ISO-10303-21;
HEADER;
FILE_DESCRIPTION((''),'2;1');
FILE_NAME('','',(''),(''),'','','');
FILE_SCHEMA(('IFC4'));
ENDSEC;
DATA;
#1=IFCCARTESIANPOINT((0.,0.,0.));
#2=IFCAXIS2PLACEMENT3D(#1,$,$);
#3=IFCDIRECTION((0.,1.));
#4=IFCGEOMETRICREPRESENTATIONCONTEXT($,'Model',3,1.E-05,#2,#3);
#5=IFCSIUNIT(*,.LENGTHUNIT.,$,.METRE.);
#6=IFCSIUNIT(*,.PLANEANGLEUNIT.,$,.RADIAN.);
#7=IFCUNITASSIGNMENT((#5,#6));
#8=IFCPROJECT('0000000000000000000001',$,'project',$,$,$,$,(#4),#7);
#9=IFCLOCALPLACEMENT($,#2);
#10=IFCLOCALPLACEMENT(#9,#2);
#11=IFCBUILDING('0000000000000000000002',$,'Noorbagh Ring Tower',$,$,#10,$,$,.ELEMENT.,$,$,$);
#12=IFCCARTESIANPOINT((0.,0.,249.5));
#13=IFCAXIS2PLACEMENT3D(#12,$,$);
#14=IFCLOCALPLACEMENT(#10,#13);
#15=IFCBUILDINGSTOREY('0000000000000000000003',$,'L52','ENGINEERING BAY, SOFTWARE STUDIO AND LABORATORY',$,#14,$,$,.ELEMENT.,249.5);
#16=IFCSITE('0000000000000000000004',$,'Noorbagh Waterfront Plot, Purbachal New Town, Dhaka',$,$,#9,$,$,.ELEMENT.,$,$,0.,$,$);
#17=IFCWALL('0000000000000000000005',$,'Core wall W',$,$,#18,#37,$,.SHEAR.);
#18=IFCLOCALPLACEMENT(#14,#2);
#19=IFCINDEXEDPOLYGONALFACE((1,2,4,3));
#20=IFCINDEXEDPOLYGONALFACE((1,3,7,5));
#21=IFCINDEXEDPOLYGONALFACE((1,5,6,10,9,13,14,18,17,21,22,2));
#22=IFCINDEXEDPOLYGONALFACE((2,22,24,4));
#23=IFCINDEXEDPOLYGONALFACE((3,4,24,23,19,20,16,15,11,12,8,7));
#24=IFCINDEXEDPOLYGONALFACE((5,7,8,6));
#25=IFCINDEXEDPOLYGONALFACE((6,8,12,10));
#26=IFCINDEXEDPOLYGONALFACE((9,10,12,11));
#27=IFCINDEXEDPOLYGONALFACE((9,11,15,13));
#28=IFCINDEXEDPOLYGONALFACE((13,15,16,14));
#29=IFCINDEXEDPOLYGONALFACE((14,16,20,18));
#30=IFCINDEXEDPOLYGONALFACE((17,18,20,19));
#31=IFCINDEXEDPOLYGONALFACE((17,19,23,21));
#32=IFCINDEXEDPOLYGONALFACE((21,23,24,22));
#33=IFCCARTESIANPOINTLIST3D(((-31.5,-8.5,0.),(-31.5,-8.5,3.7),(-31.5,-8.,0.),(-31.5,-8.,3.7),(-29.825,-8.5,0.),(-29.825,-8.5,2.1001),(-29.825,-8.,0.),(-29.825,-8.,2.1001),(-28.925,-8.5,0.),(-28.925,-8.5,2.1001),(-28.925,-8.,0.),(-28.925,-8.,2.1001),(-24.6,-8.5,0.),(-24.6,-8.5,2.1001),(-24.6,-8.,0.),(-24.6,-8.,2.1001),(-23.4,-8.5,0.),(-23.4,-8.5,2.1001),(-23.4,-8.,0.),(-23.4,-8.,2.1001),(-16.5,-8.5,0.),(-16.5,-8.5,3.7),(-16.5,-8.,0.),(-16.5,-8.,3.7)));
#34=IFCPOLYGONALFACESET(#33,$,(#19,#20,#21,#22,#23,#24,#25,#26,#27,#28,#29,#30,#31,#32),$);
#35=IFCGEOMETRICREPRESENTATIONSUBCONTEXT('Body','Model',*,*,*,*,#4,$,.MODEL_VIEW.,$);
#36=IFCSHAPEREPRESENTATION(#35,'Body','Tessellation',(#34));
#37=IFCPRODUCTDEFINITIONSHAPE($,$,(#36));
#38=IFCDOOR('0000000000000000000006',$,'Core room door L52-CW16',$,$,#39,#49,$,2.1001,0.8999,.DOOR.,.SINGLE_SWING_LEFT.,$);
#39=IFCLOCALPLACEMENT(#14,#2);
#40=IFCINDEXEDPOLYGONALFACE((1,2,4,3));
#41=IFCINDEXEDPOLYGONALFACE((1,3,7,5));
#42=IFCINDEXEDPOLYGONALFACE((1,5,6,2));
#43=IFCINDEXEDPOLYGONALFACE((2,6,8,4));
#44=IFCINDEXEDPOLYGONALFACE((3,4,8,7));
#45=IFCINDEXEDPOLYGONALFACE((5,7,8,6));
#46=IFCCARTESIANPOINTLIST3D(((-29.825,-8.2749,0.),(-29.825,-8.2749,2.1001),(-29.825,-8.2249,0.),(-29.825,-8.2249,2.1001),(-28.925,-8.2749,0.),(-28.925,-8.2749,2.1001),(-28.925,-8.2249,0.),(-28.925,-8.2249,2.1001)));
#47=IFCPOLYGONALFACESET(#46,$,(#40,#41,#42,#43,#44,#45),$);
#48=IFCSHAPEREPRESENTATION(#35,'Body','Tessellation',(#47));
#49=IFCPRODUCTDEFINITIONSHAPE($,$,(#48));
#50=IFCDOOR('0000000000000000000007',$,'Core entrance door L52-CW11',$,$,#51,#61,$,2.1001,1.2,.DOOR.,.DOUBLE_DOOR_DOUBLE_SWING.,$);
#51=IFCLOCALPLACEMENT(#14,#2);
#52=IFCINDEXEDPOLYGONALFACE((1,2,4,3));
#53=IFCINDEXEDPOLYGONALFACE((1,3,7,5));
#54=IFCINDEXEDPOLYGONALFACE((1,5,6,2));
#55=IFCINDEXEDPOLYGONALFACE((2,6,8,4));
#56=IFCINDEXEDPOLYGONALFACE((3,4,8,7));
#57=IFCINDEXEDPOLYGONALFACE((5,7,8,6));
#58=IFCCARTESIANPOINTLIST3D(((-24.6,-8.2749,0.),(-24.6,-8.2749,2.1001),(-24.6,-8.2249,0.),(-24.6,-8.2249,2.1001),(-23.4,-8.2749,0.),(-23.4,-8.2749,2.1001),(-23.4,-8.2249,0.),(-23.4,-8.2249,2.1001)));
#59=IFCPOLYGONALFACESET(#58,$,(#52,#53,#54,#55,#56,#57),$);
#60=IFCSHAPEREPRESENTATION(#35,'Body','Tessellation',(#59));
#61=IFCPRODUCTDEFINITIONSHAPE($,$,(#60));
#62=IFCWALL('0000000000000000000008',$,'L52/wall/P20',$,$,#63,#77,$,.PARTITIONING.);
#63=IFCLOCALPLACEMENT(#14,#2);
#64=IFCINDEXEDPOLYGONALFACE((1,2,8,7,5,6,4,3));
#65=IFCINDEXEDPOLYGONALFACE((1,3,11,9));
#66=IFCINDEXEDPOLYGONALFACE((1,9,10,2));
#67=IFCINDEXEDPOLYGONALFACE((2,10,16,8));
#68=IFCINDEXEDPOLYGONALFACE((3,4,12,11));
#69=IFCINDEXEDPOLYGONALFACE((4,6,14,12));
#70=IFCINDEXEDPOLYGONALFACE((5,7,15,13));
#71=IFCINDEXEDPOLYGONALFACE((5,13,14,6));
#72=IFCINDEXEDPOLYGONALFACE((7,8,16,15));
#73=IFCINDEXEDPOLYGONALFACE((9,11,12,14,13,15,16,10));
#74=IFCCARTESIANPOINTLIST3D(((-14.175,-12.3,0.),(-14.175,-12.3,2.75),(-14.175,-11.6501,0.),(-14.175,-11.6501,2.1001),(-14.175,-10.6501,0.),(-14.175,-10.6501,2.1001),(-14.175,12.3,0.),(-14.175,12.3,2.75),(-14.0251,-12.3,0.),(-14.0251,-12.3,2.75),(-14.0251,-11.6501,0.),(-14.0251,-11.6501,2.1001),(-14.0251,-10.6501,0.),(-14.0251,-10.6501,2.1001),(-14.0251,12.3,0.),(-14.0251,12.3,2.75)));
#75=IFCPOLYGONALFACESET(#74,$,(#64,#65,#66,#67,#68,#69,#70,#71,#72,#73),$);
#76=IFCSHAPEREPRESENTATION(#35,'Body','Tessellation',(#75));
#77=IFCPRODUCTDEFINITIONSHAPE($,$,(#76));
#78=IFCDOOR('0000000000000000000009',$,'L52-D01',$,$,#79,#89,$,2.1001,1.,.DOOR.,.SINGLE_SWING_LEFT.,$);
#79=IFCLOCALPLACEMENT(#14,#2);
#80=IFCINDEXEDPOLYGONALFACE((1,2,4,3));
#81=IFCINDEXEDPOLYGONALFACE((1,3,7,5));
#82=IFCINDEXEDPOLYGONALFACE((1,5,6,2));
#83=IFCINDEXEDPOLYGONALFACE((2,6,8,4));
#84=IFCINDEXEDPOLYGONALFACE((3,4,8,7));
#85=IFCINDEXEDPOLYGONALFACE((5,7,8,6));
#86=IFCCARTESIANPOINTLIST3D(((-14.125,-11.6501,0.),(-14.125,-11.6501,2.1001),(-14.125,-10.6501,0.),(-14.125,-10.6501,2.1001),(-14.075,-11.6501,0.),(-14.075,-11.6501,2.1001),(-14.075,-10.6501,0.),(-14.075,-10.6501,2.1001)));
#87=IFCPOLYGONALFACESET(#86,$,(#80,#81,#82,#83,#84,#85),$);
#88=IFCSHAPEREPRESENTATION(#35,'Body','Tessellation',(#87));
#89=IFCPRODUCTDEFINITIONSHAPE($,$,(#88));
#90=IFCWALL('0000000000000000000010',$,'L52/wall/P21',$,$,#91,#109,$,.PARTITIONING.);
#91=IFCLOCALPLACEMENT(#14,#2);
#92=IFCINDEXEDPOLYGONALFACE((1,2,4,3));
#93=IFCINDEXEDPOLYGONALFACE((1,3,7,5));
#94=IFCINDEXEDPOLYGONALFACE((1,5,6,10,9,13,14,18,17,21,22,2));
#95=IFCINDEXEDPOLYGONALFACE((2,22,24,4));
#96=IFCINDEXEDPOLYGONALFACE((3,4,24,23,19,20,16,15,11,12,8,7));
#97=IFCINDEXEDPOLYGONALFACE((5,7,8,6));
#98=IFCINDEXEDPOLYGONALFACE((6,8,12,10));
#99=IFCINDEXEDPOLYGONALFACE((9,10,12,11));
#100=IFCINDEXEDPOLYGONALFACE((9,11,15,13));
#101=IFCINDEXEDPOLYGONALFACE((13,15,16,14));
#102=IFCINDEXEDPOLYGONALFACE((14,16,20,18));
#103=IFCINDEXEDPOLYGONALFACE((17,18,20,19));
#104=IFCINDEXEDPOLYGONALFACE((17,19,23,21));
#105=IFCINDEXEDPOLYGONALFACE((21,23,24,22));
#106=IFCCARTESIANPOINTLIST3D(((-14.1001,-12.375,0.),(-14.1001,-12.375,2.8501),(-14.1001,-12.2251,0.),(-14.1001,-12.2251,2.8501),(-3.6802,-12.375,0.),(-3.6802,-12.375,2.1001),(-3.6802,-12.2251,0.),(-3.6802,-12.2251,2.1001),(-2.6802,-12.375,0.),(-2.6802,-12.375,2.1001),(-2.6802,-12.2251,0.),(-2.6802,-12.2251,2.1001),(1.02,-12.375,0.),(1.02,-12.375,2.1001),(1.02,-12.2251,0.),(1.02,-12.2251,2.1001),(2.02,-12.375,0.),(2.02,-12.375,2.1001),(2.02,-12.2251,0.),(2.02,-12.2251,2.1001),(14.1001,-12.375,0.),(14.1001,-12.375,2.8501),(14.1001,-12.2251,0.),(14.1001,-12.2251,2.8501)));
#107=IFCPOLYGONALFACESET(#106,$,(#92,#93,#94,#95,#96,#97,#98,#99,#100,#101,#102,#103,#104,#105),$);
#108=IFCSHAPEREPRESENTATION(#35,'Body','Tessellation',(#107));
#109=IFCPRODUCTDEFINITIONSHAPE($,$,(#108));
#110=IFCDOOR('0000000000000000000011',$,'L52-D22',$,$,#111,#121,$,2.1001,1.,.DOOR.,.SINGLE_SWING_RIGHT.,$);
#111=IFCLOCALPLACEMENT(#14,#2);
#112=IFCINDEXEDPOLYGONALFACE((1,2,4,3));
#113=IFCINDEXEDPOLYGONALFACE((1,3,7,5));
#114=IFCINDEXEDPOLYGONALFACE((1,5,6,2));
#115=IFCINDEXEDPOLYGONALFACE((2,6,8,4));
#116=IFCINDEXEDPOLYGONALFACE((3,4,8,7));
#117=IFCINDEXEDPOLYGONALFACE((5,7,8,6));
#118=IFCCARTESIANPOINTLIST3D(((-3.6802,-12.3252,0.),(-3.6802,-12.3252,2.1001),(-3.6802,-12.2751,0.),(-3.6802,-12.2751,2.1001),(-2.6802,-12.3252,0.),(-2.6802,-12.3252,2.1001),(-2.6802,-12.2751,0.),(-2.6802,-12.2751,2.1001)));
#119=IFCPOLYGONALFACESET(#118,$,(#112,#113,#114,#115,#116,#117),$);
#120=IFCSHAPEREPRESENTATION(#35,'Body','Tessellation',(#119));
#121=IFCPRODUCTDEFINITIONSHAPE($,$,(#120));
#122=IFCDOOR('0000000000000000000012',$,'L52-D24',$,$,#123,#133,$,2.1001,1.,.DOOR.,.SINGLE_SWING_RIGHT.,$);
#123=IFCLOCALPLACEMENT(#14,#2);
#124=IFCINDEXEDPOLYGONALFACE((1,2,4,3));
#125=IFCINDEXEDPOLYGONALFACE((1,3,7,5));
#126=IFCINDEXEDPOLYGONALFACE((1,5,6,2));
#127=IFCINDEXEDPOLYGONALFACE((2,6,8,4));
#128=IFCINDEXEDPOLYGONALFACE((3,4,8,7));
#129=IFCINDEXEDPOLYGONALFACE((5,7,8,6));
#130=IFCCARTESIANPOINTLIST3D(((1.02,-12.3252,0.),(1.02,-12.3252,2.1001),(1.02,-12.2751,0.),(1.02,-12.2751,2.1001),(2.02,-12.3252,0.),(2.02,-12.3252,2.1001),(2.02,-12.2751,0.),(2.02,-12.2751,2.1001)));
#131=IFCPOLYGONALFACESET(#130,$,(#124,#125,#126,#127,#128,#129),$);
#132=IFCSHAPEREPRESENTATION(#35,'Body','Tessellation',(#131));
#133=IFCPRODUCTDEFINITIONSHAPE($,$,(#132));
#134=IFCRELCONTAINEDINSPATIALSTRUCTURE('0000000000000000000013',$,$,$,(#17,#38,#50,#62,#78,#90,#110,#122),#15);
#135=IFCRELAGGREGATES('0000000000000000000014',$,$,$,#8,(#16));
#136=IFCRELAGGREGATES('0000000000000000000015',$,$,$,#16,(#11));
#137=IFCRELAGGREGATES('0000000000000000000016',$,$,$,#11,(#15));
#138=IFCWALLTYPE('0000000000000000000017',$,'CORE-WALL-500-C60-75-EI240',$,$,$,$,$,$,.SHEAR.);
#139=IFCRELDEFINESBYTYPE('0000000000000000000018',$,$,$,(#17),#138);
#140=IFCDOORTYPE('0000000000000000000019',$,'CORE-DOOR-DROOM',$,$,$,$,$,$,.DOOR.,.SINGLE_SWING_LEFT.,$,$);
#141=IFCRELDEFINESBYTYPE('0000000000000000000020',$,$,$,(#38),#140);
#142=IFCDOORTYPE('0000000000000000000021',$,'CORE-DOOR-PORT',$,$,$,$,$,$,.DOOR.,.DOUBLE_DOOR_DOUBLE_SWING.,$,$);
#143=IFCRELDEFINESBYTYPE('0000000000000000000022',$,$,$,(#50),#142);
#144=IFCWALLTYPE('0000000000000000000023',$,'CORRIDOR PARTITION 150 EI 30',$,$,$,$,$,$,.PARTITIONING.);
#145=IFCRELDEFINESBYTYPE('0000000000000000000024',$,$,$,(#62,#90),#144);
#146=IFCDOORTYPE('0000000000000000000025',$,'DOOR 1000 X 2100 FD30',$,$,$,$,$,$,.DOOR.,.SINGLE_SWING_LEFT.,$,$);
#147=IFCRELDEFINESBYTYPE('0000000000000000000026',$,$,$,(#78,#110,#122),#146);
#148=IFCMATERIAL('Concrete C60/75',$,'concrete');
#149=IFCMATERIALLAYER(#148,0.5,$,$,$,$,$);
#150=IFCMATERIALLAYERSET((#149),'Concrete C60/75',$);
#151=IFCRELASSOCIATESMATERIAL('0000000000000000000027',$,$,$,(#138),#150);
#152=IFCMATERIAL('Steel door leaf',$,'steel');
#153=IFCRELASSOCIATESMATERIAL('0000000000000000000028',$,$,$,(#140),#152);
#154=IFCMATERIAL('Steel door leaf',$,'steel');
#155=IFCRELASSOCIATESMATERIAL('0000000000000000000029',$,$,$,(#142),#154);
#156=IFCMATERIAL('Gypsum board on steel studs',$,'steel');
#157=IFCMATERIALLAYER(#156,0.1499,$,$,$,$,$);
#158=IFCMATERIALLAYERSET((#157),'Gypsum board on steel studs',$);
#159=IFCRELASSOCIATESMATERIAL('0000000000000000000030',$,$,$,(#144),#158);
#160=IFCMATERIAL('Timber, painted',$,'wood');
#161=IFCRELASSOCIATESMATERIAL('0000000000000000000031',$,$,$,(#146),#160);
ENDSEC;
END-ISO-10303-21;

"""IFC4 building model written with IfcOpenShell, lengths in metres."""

from ifc_helpers import new_model, si_unit, direction, frame, frame_2d, origin, place, context, subcontext, project, spatial, rectangle, extrude, material, layer, layer_set, type_object, element, fill, save


model = new_model("IFC4")

# Units and contexts
model_context = context("Model", 3, precision=1e-05, world=origin(), true_north=direction((0.0, 1.0)))
body_context = subcontext(model_context, "Body", "Model", "MODEL_VIEW")
ifc_project = project(units=[si_unit("LENGTHUNIT", "METRE"), si_unit("PLANEANGLEUNIT", "RADIAN")], contexts=[model_context])

# Site, building, storey
site_placement = place(None, origin())
site = spatial("IfcSite", under=ifc_project, at=site_placement, Name="Noorbagh Waterfront Plot, Purbachal New Town, Dhaka", CompositionType="ELEMENT", RefElevation=0.0)
building_placement = place(site_placement, origin())
building = spatial("IfcBuilding", under=site, at=building_placement, Name="Noorbagh Ring Tower", CompositionType="ELEMENT")
storey_placement = place(building_placement, frame((0.0, 0.0, 249.5)))
storey = spatial("IfcBuildingStorey", under=building, at=storey_placement, Name="L52", Description="ENGINEERING BAY, SOFTWARE STUDIO AND LABORATORY", CompositionType="ELEMENT", Elevation=249.5)

# Wall, openings, doors
ifc_material_1 = material(Name="Concrete C60/75", Category="concrete")
ifc_layer_1 = layer(ifc_material_1, 0.5)
ifc_layer_set_1 = layer_set([ifc_layer_1], Name="Concrete C60/75")
wall_type_1 = type_object("IfcWallType", Name="CORE-WALL-500-C60-75-EI240", PredefinedType="SHEAR", material=ifc_layer_set_1)
wall_1_placement = place(storey_placement, frame((-16.5, -8.25, 0.0), z_axis=(0.0, 0.0, 1.0), x_axis=(-1.0, 0.0, 0.0)))
wall_1 = element("IfcWall", 1, at=wall_1_placement, inside=storey, type_object=wall_type_1, Name="Core wall W", PredefinedType="SHEAR", context=body_context, shape_type="SweptSolid", body=[
    extrude(rectangle(XDim=15.0, YDim=0.5, at=frame_2d((7.5, 0.0))), origin(), (0.0, 0.0, 1.0), 3.7),
])
opening_1_placement = place(wall_1_placement, frame((6.8999, 0.0, 0.0)))
opening_1 = element("IfcOpeningElement", 2, at=opening_1_placement, cuts=wall_1, PredefinedType="OPENING", context=body_context, shape_type="SweptSolid", body=[
    extrude(rectangle(XDim=1.2, YDim=2.1001, at=frame_2d((0.6001, 1.05))), frame((0.0, 0.26, 0.0), z_axis=(0.0, -1.0, 0.0), x_axis=(1.0, 0.0, 0.0)), (0.0, 0.0, 1.0), 0.52),
])
opening_2_placement = place(wall_1_placement, frame((12.425, 0.0, 0.0)))
opening_2 = element("IfcOpeningElement", 3, at=opening_2_placement, cuts=wall_1, PredefinedType="OPENING", context=body_context, shape_type="SweptSolid", body=[
    extrude(rectangle(XDim=0.8999, YDim=2.1001, at=frame_2d((0.45, 1.05))), frame((0.0, 0.26, 0.0), z_axis=(0.0, -1.0, 0.0), x_axis=(1.0, 0.0, 0.0)), (0.0, 0.0, 1.0), 0.52),
])
ifc_material_2 = material(Name="Steel door leaf", Category="steel")
door_type_1 = type_object("IfcDoorType", Name="CORE-DOOR-DROOM", OperationType="SINGLE_SWING_LEFT", PredefinedType="DOOR", material=ifc_material_2)
door_1_placement = place(opening_2_placement, origin())
door_1 = element("IfcDoor", 4, at=door_1_placement, inside=storey, type_object=door_type_1, Name="Core room door L52-CW16", OperationType="SINGLE_SWING_LEFT", OverallHeight=2.1001, OverallWidth=0.8999, PredefinedType="DOOR", context=body_context, shape_type="SweptSolid", body=[
    extrude(rectangle(XDim=0.8999, YDim=2.1001, at=frame_2d((0.45, 1.05))), frame((0.0, 0.0249, 0.0), z_axis=(0.0, -1.0, 0.0), x_axis=(1.0, 0.0, 0.0)), (0.0, 0.0, 1.0), 0.05),
])
fill(opening_2, door_1)
ifc_material_3 = material(Name="Steel door leaf", Category="steel")
door_type_2 = type_object("IfcDoorType", Name="CORE-DOOR-PORT", OperationType="DOUBLE_DOOR_DOUBLE_SWING", PredefinedType="DOOR", material=ifc_material_3)
door_2_placement = place(opening_1_placement, origin())
door_2 = element("IfcDoor", 5, at=door_2_placement, inside=storey, type_object=door_type_2, Name="Core entrance door L52-CW11", OperationType="DOUBLE_DOOR_DOUBLE_SWING", OverallHeight=2.1001, OverallWidth=1.2, PredefinedType="DOOR", context=body_context, shape_type="SweptSolid", body=[
    extrude(rectangle(XDim=1.2, YDim=2.1001, at=frame_2d((0.6001, 1.05))), frame((0.0, 0.0249, 0.0), z_axis=(0.0, -1.0, 0.0), x_axis=(1.0, 0.0, 0.0)), (0.0, 0.0, 1.0), 0.05),
])
fill(opening_1, door_2)

# Wall, opening, door
ifc_material_4 = material(Name="Gypsum board on steel studs", Category="steel")
ifc_layer_2 = layer(ifc_material_4, 0.1499)
ifc_layer_set_2 = layer_set([ifc_layer_2], Name="Gypsum board on steel studs")
wall_type_2 = type_object("IfcWallType", Name="CORRIDOR PARTITION 150 EI 30", PredefinedType="PARTITIONING", material=ifc_layer_set_2)
wall_2_placement = place(storey_placement, frame((-14.1001, -12.3, 0.0), z_axis=(0.0, 0.0, 1.0), x_axis=(0.0, 1.0, 0.0)))
wall_2 = element("IfcWall", 6, at=wall_2_placement, inside=storey, type_object=wall_type_2, Name="L52/wall/P20", PredefinedType="PARTITIONING", context=body_context, shape_type="SweptSolid", body=[
    extrude(rectangle(XDim=24.6001, YDim=0.1499, at=frame_2d((12.3, 0.0))), origin(), (0.0, 0.0, 1.0), 2.75),
])
opening_3_placement = place(wall_2_placement, frame((0.6499, 0.0, 0.0)))
opening_3 = element("IfcOpeningElement", 7, at=opening_3_placement, cuts=wall_2, PredefinedType="OPENING", context=body_context, shape_type="SweptSolid", body=[
    extrude(rectangle(XDim=1.0, YDim=2.1001, at=frame_2d((0.5, 1.05))), frame((0.0, 0.085, 0.0), z_axis=(0.0, -1.0, 0.0), x_axis=(1.0, 0.0, 0.0)), (0.0, 0.0, 1.0), 0.1699),
])
ifc_material_5 = material(Name="Timber, painted", Category="wood")
door_type_3 = type_object("IfcDoorType", Name="DOOR 1000 X 2100 FD30", OperationType="SINGLE_SWING_LEFT", PredefinedType="DOOR", material=ifc_material_5)
door_3_placement = place(opening_3_placement, origin())
door_3 = element("IfcDoor", 8, at=door_3_placement, inside=storey, type_object=door_type_3, Name="L52-D01", OperationType="SINGLE_SWING_LEFT", OverallHeight=2.1001, OverallWidth=1.0, PredefinedType="DOOR", context=body_context, shape_type="SweptSolid", body=[
    extrude(rectangle(XDim=1.0, YDim=2.1001, at=frame_2d((0.5, 1.05))), frame((0.0, 0.0249, 0.0), z_axis=(0.0, -1.0, 0.0), x_axis=(1.0, 0.0, 0.0)), (0.0, 0.0, 1.0), 0.05),
])
fill(opening_3, door_3)

# Wall, openings, doors
wall_3_placement = place(storey_placement, frame((-14.1001, -12.3, 0.0), z_axis=(0.0, 0.0, 1.0), x_axis=(1.0, 0.0, 0.0)))
wall_3 = element("IfcWall", 9, at=wall_3_placement, inside=storey, type_object=wall_type_2, Name="L52/wall/P21", PredefinedType="PARTITIONING", context=body_context, shape_type="SweptSolid", body=[
    extrude(rectangle(XDim=28.2002, YDim=0.1499, at=frame_2d((14.1001, 0.0))), origin(), (0.0, 0.0, 1.0), 2.8501),
])
opening_4_placement = place(wall_3_placement, frame((10.4199, 0.0, 0.0)))
opening_4 = element("IfcOpeningElement", 10, at=opening_4_placement, cuts=wall_3, PredefinedType="OPENING", context=body_context, shape_type="SweptSolid", body=[
    extrude(rectangle(XDim=1.0, YDim=2.1001, at=frame_2d((0.5, 1.05))), frame((0.0, 0.085, 0.0), z_axis=(0.0, -1.0, 0.0), x_axis=(1.0, 0.0, 0.0)), (0.0, 0.0, 1.0), 0.1699),
])
opening_5_placement = place(wall_3_placement, frame((15.1201, 0.0, 0.0)))
opening_5 = element("IfcOpeningElement", 11, at=opening_5_placement, cuts=wall_3, PredefinedType="OPENING", context=body_context, shape_type="SweptSolid", body=[
    extrude(rectangle(XDim=1.0, YDim=2.1001, at=frame_2d((0.5, 1.05))), frame((0.0, 0.085, 0.0), z_axis=(0.0, -1.0, 0.0), x_axis=(1.0, 0.0, 0.0)), (0.0, 0.0, 1.0), 0.1699),
])
door_4_placement = place(opening_4_placement, origin())
door_4 = element("IfcDoor", 12, at=door_4_placement, inside=storey, type_object=door_type_3, Name="L52-D22", OperationType="SINGLE_SWING_RIGHT", OverallHeight=2.1001, OverallWidth=1.0, PredefinedType="DOOR", context=body_context, shape_type="SweptSolid", body=[
    extrude(rectangle(XDim=1.0, YDim=2.1001, at=frame_2d((0.5, 1.05))), frame((0.0, 0.0249, 0.0), z_axis=(0.0, -1.0, 0.0), x_axis=(1.0, 0.0, 0.0)), (0.0, 0.0, 1.0), 0.05),
])
fill(opening_4, door_4)
door_5_placement = place(opening_5_placement, origin())
door_5 = element("IfcDoor", 13, at=door_5_placement, inside=storey, type_object=door_type_3, Name="L52-D24", OperationType="SINGLE_SWING_RIGHT", OverallHeight=2.1001, OverallWidth=1.0, PredefinedType="DOOR", context=body_context, shape_type="SweptSolid", body=[
    extrude(rectangle(XDim=1.0, YDim=2.1001, at=frame_2d((0.5, 1.05))), frame((0.0, 0.0249, 0.0), z_axis=(0.0, -1.0, 0.0), x_axis=(1.0, 0.0, 0.0)), (0.0, 0.0, 1.0), 0.05),
])
fill(opening_5, door_5)

save(model, "model.ifc")
